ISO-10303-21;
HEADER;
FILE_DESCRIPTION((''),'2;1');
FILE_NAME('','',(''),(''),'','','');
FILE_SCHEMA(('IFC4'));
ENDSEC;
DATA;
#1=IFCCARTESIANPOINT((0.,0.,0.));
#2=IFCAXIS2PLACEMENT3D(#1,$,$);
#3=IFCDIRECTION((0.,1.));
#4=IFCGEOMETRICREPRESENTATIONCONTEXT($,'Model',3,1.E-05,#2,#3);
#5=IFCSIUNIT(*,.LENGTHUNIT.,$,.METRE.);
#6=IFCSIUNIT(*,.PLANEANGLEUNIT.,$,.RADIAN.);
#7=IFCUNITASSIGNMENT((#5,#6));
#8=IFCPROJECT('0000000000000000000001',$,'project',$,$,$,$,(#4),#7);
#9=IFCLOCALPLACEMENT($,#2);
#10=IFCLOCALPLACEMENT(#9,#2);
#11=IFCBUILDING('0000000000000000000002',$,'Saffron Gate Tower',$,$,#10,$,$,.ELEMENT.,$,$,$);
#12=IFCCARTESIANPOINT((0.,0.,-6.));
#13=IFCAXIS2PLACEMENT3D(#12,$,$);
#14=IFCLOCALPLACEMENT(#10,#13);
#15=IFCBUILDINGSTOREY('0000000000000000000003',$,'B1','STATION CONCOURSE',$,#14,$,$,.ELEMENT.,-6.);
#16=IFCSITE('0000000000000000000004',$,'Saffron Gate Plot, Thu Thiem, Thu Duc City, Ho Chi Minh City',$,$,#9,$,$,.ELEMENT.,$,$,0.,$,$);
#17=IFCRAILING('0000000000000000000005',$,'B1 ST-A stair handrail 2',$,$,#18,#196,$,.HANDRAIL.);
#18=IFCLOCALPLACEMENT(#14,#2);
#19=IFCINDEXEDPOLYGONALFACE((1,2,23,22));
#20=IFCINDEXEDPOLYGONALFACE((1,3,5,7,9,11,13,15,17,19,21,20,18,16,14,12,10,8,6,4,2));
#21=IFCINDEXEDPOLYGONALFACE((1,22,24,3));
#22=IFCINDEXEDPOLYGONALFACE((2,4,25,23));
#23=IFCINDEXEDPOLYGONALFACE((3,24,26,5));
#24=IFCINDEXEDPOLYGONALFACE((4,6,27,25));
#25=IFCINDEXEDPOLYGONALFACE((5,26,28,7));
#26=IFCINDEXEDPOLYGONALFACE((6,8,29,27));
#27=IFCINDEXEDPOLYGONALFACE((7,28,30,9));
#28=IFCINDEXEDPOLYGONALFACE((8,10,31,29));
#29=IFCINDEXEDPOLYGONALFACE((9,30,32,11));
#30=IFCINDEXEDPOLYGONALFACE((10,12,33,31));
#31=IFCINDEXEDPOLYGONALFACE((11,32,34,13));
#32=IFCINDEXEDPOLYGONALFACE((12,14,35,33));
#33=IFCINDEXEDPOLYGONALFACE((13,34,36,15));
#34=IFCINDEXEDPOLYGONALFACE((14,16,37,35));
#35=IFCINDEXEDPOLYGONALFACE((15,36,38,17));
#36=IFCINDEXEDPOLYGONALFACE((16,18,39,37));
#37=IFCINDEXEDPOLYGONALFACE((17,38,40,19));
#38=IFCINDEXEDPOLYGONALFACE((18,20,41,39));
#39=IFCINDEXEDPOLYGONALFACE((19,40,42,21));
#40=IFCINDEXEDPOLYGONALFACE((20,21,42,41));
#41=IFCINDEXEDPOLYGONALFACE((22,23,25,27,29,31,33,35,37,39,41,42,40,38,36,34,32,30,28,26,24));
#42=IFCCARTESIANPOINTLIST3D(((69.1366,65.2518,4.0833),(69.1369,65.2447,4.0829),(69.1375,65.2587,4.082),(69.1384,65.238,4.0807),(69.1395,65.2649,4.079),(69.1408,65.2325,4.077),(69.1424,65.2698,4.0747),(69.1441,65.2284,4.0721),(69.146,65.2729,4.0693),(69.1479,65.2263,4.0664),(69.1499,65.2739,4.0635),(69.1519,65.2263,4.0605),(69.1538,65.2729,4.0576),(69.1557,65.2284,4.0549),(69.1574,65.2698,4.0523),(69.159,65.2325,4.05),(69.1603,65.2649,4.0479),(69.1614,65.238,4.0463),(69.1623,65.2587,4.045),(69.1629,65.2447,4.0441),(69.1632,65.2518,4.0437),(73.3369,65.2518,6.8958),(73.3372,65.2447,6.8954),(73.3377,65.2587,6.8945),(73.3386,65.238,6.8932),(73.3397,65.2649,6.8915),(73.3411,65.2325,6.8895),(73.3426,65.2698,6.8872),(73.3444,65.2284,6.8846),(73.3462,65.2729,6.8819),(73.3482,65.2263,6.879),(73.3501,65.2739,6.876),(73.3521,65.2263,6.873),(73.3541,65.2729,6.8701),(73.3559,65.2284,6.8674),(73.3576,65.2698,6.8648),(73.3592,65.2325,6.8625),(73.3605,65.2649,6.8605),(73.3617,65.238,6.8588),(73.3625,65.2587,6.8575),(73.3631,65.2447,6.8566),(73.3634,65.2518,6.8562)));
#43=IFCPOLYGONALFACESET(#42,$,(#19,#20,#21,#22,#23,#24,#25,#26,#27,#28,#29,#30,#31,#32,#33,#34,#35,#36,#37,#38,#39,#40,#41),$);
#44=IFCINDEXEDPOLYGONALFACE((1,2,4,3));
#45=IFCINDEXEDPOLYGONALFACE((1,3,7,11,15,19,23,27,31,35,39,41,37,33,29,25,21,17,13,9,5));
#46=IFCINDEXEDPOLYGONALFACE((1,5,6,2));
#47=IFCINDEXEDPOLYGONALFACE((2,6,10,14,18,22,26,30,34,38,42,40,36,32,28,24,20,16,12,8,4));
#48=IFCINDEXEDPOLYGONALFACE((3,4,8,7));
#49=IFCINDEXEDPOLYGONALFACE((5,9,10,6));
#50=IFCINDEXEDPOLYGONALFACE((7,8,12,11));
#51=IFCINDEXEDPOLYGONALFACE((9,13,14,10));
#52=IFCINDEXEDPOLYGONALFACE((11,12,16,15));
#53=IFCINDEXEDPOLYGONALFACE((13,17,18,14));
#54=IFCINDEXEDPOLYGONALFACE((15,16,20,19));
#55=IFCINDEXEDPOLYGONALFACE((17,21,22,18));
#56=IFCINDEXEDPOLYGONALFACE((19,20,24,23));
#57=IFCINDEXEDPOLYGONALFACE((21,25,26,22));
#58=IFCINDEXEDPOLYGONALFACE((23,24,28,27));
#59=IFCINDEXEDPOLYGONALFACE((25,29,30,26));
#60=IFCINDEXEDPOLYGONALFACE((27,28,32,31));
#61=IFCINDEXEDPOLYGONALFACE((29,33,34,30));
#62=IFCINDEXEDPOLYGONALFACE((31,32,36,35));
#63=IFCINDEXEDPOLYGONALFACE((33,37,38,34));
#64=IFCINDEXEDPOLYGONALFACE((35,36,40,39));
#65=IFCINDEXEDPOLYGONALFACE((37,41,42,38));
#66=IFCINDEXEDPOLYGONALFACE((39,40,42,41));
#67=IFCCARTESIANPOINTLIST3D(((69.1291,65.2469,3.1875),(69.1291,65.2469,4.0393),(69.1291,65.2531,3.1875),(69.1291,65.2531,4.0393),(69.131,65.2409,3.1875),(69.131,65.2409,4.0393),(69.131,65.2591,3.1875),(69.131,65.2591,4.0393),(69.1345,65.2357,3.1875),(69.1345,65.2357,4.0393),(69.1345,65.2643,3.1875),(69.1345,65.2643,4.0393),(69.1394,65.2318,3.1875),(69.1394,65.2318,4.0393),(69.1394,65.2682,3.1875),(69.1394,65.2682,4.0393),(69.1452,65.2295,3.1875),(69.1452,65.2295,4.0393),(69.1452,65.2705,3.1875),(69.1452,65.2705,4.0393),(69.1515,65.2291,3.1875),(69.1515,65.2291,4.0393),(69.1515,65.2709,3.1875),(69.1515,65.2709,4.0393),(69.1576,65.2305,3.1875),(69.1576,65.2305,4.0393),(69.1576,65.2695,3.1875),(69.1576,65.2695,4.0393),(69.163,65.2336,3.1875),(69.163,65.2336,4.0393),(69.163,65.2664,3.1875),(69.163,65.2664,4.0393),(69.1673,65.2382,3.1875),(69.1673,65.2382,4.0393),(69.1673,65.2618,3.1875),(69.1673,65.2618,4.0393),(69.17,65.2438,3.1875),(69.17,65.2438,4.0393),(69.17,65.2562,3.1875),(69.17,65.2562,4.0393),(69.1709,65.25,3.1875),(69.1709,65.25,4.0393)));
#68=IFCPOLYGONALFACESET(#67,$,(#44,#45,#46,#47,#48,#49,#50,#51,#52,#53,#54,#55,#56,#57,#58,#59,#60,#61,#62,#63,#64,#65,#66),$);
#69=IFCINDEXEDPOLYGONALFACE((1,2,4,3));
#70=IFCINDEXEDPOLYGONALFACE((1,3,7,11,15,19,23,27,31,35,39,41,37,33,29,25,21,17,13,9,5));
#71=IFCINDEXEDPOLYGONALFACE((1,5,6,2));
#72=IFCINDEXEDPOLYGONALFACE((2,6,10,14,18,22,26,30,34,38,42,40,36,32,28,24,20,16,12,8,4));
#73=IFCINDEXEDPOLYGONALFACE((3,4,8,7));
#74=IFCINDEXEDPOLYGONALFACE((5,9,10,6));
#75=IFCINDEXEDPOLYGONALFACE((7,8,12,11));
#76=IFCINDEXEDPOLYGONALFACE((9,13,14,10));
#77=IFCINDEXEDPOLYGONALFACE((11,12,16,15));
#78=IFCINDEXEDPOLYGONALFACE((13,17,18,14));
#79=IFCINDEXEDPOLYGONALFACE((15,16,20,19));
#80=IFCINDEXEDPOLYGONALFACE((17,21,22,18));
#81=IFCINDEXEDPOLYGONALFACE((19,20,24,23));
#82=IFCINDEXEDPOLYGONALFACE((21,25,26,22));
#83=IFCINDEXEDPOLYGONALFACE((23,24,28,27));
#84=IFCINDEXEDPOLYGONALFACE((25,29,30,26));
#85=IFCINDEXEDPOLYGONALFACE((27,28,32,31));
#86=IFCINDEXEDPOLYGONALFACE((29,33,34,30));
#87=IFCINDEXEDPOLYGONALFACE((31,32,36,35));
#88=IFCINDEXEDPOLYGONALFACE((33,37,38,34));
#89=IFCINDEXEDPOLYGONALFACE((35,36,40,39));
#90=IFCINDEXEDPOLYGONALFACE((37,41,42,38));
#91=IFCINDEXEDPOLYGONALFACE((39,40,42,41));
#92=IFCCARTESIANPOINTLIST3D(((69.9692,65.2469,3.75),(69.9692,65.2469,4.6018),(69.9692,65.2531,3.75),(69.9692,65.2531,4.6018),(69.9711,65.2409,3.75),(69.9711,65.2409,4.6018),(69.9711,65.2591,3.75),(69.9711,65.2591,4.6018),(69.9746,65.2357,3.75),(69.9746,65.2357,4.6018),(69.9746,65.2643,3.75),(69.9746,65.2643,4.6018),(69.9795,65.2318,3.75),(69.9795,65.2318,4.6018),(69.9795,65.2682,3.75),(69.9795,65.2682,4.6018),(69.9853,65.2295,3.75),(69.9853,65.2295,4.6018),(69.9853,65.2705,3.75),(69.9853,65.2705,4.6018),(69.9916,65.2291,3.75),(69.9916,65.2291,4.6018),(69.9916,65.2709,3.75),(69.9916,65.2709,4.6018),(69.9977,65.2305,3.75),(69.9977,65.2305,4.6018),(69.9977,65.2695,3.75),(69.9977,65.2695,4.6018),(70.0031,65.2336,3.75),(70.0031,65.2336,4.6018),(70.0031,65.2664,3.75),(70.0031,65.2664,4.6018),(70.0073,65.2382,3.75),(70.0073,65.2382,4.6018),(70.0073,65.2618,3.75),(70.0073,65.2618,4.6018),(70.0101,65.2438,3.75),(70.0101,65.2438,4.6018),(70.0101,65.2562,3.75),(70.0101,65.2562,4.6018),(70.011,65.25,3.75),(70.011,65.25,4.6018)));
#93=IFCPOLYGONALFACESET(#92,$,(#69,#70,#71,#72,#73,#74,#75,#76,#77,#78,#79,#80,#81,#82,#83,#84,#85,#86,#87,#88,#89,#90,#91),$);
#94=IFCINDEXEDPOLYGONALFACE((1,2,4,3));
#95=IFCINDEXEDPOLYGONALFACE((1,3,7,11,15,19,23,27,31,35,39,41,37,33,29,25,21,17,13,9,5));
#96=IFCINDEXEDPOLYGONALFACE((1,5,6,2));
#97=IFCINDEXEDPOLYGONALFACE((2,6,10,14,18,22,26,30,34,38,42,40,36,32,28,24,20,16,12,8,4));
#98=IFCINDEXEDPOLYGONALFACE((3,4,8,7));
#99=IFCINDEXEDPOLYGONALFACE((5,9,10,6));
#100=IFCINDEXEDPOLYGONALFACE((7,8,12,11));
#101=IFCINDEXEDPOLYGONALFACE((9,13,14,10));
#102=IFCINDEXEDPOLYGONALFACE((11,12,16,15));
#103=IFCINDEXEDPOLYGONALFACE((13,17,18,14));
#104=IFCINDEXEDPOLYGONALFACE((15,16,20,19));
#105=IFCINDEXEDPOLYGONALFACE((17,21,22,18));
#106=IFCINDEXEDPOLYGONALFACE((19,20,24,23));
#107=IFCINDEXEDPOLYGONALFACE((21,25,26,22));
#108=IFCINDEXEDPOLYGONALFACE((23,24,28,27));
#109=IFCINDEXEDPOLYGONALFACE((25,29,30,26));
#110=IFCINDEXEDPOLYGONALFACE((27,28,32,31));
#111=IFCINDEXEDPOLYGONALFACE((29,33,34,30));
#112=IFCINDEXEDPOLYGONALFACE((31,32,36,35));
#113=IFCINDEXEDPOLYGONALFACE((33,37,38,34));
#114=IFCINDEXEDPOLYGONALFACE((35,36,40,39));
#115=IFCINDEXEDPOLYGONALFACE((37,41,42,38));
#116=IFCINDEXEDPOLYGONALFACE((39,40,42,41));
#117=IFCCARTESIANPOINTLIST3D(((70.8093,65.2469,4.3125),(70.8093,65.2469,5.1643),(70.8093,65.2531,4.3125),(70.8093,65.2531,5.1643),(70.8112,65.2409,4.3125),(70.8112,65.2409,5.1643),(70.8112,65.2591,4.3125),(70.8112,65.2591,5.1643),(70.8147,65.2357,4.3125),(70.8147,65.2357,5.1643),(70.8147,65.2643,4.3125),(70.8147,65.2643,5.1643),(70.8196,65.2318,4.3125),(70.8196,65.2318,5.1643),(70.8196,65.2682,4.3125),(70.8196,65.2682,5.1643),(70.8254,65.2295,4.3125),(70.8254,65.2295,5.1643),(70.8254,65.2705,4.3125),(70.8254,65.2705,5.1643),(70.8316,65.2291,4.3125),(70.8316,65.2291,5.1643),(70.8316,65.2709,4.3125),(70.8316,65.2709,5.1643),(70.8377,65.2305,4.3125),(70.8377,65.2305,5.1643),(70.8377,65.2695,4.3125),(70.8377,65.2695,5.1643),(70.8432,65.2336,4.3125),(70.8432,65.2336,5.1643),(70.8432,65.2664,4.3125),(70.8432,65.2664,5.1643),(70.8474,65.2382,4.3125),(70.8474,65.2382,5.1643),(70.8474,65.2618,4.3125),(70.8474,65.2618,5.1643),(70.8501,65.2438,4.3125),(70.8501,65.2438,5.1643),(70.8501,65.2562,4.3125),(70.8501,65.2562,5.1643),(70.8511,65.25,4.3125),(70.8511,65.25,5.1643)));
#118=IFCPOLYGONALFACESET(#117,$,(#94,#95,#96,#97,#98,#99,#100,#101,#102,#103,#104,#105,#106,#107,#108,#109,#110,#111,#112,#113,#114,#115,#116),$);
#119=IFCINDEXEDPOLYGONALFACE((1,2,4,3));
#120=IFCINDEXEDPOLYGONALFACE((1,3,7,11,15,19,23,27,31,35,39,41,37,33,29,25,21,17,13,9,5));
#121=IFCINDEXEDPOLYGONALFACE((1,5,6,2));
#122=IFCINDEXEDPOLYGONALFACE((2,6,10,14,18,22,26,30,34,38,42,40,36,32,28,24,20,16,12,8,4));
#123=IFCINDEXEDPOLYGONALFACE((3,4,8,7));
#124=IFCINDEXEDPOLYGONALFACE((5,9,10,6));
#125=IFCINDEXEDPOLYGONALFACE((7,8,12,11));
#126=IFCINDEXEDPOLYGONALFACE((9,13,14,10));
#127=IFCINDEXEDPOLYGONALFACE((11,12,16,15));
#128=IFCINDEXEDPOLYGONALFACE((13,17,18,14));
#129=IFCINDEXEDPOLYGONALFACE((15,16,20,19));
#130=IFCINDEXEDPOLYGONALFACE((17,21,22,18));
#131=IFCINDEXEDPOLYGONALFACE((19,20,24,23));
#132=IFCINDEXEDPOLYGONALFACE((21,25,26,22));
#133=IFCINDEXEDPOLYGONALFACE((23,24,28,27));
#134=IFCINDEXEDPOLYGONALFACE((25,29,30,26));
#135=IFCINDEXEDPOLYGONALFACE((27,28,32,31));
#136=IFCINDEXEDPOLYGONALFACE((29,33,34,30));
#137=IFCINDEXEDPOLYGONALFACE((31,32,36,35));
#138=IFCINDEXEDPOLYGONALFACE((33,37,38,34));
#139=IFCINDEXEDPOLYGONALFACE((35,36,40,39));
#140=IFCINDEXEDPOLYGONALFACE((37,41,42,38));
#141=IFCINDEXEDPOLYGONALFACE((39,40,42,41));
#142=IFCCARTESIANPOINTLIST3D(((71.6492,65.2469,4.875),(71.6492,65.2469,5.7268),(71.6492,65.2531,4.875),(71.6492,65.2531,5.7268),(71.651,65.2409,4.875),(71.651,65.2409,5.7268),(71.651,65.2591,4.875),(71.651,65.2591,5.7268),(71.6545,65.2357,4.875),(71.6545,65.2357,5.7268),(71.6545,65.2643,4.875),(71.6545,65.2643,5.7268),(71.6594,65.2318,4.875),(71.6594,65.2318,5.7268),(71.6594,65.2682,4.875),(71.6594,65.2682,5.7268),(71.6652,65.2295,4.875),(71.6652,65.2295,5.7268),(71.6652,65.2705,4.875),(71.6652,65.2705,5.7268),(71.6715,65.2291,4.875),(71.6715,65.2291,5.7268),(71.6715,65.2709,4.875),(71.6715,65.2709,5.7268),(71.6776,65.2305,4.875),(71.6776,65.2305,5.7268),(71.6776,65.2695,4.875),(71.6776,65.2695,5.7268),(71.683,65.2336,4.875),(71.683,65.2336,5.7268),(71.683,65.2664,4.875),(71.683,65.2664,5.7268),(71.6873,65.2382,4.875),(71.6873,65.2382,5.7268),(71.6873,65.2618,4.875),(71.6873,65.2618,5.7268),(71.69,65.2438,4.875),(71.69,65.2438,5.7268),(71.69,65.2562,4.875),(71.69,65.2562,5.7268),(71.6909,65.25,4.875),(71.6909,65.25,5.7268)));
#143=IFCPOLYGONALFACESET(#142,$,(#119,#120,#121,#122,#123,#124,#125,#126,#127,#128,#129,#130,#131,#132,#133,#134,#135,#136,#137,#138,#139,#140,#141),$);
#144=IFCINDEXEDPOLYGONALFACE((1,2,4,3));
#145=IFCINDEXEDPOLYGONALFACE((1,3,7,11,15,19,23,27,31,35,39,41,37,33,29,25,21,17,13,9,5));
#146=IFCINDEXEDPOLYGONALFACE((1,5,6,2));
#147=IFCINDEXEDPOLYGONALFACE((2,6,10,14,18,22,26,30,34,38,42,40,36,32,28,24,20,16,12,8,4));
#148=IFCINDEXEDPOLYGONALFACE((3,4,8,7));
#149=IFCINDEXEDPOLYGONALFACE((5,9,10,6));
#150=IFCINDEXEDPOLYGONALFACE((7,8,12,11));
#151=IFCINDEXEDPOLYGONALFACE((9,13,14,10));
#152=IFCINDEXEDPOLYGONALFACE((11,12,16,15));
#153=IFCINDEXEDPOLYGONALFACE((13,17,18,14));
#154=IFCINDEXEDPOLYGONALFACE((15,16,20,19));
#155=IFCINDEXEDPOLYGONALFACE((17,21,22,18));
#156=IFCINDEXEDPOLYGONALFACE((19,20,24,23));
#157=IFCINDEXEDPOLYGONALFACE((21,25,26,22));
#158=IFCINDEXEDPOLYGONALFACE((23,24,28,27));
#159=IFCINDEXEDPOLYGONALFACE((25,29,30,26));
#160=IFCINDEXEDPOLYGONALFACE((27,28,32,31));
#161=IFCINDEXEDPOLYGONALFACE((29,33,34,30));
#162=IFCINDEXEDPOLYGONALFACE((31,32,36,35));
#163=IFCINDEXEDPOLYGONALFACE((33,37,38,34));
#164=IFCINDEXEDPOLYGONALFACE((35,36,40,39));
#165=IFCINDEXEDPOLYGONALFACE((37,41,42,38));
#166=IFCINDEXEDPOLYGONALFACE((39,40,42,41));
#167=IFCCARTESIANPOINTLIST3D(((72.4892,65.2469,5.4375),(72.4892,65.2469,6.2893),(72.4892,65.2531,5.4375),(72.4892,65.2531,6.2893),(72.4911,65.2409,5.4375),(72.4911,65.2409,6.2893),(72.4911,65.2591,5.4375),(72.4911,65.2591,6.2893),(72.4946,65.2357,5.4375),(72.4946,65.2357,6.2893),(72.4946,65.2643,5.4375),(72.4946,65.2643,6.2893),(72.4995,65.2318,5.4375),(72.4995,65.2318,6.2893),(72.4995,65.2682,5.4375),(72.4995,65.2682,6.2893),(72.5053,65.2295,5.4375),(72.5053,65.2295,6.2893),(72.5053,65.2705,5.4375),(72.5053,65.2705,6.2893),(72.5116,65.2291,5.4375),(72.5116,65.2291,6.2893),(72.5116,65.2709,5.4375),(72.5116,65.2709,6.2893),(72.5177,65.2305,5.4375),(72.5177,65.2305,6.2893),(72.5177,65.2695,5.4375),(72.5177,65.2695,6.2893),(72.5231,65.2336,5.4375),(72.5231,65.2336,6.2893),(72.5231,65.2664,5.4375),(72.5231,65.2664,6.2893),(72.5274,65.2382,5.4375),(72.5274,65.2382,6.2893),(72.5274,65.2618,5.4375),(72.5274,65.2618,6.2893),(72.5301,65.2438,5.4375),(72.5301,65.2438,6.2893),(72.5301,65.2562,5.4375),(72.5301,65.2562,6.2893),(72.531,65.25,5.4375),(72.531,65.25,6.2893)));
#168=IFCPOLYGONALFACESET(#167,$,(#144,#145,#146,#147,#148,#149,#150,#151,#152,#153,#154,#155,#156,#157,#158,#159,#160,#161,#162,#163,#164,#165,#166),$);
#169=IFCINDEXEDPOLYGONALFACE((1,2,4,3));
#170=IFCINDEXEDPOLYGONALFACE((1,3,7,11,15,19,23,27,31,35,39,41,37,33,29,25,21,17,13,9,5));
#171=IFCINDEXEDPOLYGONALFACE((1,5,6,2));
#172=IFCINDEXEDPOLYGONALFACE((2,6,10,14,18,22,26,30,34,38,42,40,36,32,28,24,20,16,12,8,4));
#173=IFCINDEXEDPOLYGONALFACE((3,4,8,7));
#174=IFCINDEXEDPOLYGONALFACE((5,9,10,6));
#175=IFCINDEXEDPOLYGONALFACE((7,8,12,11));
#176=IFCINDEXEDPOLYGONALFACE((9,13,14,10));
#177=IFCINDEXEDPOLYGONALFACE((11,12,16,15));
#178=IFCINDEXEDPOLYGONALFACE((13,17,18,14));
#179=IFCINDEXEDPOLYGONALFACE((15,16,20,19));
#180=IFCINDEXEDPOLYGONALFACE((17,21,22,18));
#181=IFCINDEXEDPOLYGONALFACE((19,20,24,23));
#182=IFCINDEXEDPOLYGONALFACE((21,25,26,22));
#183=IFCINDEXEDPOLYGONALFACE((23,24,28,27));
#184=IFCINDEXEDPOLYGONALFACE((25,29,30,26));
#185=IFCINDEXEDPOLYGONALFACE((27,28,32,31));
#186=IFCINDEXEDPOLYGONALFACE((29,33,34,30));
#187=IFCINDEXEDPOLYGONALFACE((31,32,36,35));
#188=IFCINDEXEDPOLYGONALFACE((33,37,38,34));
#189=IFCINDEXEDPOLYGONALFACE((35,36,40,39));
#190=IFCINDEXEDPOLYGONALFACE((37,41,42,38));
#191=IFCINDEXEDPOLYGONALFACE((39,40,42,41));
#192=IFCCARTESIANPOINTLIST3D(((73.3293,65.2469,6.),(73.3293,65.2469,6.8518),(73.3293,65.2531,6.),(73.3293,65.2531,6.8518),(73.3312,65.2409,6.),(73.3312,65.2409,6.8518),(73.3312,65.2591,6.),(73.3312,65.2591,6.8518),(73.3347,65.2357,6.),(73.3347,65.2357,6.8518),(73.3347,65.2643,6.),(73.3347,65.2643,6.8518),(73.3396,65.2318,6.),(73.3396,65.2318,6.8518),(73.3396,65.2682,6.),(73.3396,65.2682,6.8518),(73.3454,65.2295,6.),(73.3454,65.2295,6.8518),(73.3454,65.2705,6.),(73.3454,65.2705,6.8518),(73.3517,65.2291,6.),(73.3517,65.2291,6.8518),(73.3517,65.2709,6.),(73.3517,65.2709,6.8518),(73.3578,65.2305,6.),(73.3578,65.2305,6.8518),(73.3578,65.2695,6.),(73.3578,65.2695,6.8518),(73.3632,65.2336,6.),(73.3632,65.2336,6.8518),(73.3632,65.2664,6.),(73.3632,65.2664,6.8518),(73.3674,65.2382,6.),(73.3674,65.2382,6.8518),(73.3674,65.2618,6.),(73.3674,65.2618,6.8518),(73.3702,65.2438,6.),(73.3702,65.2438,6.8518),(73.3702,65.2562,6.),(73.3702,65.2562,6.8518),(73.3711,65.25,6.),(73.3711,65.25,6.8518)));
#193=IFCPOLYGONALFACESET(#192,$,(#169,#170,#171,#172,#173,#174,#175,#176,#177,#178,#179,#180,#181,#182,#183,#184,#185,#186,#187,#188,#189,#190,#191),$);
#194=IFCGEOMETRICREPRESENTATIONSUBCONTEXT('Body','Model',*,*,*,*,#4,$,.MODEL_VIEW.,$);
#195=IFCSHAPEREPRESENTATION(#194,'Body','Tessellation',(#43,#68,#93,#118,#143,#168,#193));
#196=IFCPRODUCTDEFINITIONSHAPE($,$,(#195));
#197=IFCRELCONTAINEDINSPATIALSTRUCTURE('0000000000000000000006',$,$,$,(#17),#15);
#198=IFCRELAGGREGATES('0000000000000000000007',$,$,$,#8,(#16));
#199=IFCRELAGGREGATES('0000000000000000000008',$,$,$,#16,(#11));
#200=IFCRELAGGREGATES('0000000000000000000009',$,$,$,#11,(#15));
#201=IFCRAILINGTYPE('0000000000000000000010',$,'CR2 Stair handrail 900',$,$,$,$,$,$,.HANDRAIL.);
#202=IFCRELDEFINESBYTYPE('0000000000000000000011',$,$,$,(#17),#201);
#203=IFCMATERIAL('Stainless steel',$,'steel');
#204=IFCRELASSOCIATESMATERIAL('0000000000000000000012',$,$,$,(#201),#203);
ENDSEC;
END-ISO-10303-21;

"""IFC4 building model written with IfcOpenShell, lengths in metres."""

from ifc_helpers import new_model, si_unit, direction, frame, origin, origin_2d, place, context, subcontext, project, spatial, circle, extrude, material, type_object, element, save


model = new_model("IFC4")

# Units and contexts
model_context = context("Model", 3, precision=1e-05, world=origin(), true_north=direction((0.0, 1.0)))
body_context = subcontext(model_context, "Body", "Model", "MODEL_VIEW")
ifc_project = project(units=[si_unit("LENGTHUNIT", "METRE"), si_unit("PLANEANGLEUNIT", "RADIAN")], contexts=[model_context])

# Site, building, storey
site_placement = place(None, origin())
site = spatial("IfcSite", under=ifc_project, at=site_placement, Name="Saffron Gate Plot, Thu Thiem, Thu Duc City, Ho Chi Minh City", CompositionType="ELEMENT", RefElevation=0.0)
building_placement = place(site_placement, origin())
building = spatial("IfcBuilding", under=site, at=building_placement, Name="Saffron Gate Tower", CompositionType="ELEMENT")
storey_placement = place(building_placement, frame((0.0, 0.0, -6.0)))
storey = spatial("IfcBuildingStorey", under=building, at=storey_placement, Name="B1", Description="STATION CONCOURSE", CompositionType="ELEMENT", Elevation=-6.0)

# Railing
ifc_material_1 = material(Name="Stainless steel", Category="steel")
railing_type_1 = type_object("IfcRailingType", Name="CR2 Stair handrail 900", PredefinedType="HANDRAIL", material=ifc_material_1)
railing_1_placement = place(storey_placement, frame((69.1499, 65.25, 3.1875)))
element("IfcRailing", 1, at=railing_1_placement, inside=storey, type_object=railing_type_1, Name="B1 ST-A stair handrail 2", PredefinedType="HANDRAIL", context=body_context, shape_type="SweptSolid", body=[
    extrude(circle(Radius=0.0239, at=origin_2d()), frame((0.0, 0.0, 0.876), z_axis=(0.830919, 0.0, 0.556393), x_axis=(0.0, 1.0, 0.0)), (0.0, 0.0, 1.0), 5.0549),
    extrude(circle(Radius=0.021, at=origin_2d()), origin(), (0.0, 0.0, 1.0), 0.8518),
    extrude(circle(Radius=0.021, at=origin_2d()), frame((0.8401, 0.0, 0.5625)), (0.0, 0.0, 1.0), 0.8518),
    extrude(circle(Radius=0.021, at=origin_2d()), frame((1.6802, 0.0, 1.125)), (0.0, 0.0, 1.0), 0.8518),
    extrude(circle(Radius=0.021, at=origin_2d()), frame((2.52, 0.0, 1.6875)), (0.0, 0.0, 1.0), 0.8518),
    extrude(circle(Radius=0.021, at=origin_2d()), frame((3.3601, 0.0, 2.25)), (0.0, 0.0, 1.0), 0.8518),
    extrude(circle(Radius=0.021, at=origin_2d()), frame((4.2002, 0.0, 2.8125)), (0.0, 0.0, 1.0), 0.8518),
])

save(model, "model.ifc")
